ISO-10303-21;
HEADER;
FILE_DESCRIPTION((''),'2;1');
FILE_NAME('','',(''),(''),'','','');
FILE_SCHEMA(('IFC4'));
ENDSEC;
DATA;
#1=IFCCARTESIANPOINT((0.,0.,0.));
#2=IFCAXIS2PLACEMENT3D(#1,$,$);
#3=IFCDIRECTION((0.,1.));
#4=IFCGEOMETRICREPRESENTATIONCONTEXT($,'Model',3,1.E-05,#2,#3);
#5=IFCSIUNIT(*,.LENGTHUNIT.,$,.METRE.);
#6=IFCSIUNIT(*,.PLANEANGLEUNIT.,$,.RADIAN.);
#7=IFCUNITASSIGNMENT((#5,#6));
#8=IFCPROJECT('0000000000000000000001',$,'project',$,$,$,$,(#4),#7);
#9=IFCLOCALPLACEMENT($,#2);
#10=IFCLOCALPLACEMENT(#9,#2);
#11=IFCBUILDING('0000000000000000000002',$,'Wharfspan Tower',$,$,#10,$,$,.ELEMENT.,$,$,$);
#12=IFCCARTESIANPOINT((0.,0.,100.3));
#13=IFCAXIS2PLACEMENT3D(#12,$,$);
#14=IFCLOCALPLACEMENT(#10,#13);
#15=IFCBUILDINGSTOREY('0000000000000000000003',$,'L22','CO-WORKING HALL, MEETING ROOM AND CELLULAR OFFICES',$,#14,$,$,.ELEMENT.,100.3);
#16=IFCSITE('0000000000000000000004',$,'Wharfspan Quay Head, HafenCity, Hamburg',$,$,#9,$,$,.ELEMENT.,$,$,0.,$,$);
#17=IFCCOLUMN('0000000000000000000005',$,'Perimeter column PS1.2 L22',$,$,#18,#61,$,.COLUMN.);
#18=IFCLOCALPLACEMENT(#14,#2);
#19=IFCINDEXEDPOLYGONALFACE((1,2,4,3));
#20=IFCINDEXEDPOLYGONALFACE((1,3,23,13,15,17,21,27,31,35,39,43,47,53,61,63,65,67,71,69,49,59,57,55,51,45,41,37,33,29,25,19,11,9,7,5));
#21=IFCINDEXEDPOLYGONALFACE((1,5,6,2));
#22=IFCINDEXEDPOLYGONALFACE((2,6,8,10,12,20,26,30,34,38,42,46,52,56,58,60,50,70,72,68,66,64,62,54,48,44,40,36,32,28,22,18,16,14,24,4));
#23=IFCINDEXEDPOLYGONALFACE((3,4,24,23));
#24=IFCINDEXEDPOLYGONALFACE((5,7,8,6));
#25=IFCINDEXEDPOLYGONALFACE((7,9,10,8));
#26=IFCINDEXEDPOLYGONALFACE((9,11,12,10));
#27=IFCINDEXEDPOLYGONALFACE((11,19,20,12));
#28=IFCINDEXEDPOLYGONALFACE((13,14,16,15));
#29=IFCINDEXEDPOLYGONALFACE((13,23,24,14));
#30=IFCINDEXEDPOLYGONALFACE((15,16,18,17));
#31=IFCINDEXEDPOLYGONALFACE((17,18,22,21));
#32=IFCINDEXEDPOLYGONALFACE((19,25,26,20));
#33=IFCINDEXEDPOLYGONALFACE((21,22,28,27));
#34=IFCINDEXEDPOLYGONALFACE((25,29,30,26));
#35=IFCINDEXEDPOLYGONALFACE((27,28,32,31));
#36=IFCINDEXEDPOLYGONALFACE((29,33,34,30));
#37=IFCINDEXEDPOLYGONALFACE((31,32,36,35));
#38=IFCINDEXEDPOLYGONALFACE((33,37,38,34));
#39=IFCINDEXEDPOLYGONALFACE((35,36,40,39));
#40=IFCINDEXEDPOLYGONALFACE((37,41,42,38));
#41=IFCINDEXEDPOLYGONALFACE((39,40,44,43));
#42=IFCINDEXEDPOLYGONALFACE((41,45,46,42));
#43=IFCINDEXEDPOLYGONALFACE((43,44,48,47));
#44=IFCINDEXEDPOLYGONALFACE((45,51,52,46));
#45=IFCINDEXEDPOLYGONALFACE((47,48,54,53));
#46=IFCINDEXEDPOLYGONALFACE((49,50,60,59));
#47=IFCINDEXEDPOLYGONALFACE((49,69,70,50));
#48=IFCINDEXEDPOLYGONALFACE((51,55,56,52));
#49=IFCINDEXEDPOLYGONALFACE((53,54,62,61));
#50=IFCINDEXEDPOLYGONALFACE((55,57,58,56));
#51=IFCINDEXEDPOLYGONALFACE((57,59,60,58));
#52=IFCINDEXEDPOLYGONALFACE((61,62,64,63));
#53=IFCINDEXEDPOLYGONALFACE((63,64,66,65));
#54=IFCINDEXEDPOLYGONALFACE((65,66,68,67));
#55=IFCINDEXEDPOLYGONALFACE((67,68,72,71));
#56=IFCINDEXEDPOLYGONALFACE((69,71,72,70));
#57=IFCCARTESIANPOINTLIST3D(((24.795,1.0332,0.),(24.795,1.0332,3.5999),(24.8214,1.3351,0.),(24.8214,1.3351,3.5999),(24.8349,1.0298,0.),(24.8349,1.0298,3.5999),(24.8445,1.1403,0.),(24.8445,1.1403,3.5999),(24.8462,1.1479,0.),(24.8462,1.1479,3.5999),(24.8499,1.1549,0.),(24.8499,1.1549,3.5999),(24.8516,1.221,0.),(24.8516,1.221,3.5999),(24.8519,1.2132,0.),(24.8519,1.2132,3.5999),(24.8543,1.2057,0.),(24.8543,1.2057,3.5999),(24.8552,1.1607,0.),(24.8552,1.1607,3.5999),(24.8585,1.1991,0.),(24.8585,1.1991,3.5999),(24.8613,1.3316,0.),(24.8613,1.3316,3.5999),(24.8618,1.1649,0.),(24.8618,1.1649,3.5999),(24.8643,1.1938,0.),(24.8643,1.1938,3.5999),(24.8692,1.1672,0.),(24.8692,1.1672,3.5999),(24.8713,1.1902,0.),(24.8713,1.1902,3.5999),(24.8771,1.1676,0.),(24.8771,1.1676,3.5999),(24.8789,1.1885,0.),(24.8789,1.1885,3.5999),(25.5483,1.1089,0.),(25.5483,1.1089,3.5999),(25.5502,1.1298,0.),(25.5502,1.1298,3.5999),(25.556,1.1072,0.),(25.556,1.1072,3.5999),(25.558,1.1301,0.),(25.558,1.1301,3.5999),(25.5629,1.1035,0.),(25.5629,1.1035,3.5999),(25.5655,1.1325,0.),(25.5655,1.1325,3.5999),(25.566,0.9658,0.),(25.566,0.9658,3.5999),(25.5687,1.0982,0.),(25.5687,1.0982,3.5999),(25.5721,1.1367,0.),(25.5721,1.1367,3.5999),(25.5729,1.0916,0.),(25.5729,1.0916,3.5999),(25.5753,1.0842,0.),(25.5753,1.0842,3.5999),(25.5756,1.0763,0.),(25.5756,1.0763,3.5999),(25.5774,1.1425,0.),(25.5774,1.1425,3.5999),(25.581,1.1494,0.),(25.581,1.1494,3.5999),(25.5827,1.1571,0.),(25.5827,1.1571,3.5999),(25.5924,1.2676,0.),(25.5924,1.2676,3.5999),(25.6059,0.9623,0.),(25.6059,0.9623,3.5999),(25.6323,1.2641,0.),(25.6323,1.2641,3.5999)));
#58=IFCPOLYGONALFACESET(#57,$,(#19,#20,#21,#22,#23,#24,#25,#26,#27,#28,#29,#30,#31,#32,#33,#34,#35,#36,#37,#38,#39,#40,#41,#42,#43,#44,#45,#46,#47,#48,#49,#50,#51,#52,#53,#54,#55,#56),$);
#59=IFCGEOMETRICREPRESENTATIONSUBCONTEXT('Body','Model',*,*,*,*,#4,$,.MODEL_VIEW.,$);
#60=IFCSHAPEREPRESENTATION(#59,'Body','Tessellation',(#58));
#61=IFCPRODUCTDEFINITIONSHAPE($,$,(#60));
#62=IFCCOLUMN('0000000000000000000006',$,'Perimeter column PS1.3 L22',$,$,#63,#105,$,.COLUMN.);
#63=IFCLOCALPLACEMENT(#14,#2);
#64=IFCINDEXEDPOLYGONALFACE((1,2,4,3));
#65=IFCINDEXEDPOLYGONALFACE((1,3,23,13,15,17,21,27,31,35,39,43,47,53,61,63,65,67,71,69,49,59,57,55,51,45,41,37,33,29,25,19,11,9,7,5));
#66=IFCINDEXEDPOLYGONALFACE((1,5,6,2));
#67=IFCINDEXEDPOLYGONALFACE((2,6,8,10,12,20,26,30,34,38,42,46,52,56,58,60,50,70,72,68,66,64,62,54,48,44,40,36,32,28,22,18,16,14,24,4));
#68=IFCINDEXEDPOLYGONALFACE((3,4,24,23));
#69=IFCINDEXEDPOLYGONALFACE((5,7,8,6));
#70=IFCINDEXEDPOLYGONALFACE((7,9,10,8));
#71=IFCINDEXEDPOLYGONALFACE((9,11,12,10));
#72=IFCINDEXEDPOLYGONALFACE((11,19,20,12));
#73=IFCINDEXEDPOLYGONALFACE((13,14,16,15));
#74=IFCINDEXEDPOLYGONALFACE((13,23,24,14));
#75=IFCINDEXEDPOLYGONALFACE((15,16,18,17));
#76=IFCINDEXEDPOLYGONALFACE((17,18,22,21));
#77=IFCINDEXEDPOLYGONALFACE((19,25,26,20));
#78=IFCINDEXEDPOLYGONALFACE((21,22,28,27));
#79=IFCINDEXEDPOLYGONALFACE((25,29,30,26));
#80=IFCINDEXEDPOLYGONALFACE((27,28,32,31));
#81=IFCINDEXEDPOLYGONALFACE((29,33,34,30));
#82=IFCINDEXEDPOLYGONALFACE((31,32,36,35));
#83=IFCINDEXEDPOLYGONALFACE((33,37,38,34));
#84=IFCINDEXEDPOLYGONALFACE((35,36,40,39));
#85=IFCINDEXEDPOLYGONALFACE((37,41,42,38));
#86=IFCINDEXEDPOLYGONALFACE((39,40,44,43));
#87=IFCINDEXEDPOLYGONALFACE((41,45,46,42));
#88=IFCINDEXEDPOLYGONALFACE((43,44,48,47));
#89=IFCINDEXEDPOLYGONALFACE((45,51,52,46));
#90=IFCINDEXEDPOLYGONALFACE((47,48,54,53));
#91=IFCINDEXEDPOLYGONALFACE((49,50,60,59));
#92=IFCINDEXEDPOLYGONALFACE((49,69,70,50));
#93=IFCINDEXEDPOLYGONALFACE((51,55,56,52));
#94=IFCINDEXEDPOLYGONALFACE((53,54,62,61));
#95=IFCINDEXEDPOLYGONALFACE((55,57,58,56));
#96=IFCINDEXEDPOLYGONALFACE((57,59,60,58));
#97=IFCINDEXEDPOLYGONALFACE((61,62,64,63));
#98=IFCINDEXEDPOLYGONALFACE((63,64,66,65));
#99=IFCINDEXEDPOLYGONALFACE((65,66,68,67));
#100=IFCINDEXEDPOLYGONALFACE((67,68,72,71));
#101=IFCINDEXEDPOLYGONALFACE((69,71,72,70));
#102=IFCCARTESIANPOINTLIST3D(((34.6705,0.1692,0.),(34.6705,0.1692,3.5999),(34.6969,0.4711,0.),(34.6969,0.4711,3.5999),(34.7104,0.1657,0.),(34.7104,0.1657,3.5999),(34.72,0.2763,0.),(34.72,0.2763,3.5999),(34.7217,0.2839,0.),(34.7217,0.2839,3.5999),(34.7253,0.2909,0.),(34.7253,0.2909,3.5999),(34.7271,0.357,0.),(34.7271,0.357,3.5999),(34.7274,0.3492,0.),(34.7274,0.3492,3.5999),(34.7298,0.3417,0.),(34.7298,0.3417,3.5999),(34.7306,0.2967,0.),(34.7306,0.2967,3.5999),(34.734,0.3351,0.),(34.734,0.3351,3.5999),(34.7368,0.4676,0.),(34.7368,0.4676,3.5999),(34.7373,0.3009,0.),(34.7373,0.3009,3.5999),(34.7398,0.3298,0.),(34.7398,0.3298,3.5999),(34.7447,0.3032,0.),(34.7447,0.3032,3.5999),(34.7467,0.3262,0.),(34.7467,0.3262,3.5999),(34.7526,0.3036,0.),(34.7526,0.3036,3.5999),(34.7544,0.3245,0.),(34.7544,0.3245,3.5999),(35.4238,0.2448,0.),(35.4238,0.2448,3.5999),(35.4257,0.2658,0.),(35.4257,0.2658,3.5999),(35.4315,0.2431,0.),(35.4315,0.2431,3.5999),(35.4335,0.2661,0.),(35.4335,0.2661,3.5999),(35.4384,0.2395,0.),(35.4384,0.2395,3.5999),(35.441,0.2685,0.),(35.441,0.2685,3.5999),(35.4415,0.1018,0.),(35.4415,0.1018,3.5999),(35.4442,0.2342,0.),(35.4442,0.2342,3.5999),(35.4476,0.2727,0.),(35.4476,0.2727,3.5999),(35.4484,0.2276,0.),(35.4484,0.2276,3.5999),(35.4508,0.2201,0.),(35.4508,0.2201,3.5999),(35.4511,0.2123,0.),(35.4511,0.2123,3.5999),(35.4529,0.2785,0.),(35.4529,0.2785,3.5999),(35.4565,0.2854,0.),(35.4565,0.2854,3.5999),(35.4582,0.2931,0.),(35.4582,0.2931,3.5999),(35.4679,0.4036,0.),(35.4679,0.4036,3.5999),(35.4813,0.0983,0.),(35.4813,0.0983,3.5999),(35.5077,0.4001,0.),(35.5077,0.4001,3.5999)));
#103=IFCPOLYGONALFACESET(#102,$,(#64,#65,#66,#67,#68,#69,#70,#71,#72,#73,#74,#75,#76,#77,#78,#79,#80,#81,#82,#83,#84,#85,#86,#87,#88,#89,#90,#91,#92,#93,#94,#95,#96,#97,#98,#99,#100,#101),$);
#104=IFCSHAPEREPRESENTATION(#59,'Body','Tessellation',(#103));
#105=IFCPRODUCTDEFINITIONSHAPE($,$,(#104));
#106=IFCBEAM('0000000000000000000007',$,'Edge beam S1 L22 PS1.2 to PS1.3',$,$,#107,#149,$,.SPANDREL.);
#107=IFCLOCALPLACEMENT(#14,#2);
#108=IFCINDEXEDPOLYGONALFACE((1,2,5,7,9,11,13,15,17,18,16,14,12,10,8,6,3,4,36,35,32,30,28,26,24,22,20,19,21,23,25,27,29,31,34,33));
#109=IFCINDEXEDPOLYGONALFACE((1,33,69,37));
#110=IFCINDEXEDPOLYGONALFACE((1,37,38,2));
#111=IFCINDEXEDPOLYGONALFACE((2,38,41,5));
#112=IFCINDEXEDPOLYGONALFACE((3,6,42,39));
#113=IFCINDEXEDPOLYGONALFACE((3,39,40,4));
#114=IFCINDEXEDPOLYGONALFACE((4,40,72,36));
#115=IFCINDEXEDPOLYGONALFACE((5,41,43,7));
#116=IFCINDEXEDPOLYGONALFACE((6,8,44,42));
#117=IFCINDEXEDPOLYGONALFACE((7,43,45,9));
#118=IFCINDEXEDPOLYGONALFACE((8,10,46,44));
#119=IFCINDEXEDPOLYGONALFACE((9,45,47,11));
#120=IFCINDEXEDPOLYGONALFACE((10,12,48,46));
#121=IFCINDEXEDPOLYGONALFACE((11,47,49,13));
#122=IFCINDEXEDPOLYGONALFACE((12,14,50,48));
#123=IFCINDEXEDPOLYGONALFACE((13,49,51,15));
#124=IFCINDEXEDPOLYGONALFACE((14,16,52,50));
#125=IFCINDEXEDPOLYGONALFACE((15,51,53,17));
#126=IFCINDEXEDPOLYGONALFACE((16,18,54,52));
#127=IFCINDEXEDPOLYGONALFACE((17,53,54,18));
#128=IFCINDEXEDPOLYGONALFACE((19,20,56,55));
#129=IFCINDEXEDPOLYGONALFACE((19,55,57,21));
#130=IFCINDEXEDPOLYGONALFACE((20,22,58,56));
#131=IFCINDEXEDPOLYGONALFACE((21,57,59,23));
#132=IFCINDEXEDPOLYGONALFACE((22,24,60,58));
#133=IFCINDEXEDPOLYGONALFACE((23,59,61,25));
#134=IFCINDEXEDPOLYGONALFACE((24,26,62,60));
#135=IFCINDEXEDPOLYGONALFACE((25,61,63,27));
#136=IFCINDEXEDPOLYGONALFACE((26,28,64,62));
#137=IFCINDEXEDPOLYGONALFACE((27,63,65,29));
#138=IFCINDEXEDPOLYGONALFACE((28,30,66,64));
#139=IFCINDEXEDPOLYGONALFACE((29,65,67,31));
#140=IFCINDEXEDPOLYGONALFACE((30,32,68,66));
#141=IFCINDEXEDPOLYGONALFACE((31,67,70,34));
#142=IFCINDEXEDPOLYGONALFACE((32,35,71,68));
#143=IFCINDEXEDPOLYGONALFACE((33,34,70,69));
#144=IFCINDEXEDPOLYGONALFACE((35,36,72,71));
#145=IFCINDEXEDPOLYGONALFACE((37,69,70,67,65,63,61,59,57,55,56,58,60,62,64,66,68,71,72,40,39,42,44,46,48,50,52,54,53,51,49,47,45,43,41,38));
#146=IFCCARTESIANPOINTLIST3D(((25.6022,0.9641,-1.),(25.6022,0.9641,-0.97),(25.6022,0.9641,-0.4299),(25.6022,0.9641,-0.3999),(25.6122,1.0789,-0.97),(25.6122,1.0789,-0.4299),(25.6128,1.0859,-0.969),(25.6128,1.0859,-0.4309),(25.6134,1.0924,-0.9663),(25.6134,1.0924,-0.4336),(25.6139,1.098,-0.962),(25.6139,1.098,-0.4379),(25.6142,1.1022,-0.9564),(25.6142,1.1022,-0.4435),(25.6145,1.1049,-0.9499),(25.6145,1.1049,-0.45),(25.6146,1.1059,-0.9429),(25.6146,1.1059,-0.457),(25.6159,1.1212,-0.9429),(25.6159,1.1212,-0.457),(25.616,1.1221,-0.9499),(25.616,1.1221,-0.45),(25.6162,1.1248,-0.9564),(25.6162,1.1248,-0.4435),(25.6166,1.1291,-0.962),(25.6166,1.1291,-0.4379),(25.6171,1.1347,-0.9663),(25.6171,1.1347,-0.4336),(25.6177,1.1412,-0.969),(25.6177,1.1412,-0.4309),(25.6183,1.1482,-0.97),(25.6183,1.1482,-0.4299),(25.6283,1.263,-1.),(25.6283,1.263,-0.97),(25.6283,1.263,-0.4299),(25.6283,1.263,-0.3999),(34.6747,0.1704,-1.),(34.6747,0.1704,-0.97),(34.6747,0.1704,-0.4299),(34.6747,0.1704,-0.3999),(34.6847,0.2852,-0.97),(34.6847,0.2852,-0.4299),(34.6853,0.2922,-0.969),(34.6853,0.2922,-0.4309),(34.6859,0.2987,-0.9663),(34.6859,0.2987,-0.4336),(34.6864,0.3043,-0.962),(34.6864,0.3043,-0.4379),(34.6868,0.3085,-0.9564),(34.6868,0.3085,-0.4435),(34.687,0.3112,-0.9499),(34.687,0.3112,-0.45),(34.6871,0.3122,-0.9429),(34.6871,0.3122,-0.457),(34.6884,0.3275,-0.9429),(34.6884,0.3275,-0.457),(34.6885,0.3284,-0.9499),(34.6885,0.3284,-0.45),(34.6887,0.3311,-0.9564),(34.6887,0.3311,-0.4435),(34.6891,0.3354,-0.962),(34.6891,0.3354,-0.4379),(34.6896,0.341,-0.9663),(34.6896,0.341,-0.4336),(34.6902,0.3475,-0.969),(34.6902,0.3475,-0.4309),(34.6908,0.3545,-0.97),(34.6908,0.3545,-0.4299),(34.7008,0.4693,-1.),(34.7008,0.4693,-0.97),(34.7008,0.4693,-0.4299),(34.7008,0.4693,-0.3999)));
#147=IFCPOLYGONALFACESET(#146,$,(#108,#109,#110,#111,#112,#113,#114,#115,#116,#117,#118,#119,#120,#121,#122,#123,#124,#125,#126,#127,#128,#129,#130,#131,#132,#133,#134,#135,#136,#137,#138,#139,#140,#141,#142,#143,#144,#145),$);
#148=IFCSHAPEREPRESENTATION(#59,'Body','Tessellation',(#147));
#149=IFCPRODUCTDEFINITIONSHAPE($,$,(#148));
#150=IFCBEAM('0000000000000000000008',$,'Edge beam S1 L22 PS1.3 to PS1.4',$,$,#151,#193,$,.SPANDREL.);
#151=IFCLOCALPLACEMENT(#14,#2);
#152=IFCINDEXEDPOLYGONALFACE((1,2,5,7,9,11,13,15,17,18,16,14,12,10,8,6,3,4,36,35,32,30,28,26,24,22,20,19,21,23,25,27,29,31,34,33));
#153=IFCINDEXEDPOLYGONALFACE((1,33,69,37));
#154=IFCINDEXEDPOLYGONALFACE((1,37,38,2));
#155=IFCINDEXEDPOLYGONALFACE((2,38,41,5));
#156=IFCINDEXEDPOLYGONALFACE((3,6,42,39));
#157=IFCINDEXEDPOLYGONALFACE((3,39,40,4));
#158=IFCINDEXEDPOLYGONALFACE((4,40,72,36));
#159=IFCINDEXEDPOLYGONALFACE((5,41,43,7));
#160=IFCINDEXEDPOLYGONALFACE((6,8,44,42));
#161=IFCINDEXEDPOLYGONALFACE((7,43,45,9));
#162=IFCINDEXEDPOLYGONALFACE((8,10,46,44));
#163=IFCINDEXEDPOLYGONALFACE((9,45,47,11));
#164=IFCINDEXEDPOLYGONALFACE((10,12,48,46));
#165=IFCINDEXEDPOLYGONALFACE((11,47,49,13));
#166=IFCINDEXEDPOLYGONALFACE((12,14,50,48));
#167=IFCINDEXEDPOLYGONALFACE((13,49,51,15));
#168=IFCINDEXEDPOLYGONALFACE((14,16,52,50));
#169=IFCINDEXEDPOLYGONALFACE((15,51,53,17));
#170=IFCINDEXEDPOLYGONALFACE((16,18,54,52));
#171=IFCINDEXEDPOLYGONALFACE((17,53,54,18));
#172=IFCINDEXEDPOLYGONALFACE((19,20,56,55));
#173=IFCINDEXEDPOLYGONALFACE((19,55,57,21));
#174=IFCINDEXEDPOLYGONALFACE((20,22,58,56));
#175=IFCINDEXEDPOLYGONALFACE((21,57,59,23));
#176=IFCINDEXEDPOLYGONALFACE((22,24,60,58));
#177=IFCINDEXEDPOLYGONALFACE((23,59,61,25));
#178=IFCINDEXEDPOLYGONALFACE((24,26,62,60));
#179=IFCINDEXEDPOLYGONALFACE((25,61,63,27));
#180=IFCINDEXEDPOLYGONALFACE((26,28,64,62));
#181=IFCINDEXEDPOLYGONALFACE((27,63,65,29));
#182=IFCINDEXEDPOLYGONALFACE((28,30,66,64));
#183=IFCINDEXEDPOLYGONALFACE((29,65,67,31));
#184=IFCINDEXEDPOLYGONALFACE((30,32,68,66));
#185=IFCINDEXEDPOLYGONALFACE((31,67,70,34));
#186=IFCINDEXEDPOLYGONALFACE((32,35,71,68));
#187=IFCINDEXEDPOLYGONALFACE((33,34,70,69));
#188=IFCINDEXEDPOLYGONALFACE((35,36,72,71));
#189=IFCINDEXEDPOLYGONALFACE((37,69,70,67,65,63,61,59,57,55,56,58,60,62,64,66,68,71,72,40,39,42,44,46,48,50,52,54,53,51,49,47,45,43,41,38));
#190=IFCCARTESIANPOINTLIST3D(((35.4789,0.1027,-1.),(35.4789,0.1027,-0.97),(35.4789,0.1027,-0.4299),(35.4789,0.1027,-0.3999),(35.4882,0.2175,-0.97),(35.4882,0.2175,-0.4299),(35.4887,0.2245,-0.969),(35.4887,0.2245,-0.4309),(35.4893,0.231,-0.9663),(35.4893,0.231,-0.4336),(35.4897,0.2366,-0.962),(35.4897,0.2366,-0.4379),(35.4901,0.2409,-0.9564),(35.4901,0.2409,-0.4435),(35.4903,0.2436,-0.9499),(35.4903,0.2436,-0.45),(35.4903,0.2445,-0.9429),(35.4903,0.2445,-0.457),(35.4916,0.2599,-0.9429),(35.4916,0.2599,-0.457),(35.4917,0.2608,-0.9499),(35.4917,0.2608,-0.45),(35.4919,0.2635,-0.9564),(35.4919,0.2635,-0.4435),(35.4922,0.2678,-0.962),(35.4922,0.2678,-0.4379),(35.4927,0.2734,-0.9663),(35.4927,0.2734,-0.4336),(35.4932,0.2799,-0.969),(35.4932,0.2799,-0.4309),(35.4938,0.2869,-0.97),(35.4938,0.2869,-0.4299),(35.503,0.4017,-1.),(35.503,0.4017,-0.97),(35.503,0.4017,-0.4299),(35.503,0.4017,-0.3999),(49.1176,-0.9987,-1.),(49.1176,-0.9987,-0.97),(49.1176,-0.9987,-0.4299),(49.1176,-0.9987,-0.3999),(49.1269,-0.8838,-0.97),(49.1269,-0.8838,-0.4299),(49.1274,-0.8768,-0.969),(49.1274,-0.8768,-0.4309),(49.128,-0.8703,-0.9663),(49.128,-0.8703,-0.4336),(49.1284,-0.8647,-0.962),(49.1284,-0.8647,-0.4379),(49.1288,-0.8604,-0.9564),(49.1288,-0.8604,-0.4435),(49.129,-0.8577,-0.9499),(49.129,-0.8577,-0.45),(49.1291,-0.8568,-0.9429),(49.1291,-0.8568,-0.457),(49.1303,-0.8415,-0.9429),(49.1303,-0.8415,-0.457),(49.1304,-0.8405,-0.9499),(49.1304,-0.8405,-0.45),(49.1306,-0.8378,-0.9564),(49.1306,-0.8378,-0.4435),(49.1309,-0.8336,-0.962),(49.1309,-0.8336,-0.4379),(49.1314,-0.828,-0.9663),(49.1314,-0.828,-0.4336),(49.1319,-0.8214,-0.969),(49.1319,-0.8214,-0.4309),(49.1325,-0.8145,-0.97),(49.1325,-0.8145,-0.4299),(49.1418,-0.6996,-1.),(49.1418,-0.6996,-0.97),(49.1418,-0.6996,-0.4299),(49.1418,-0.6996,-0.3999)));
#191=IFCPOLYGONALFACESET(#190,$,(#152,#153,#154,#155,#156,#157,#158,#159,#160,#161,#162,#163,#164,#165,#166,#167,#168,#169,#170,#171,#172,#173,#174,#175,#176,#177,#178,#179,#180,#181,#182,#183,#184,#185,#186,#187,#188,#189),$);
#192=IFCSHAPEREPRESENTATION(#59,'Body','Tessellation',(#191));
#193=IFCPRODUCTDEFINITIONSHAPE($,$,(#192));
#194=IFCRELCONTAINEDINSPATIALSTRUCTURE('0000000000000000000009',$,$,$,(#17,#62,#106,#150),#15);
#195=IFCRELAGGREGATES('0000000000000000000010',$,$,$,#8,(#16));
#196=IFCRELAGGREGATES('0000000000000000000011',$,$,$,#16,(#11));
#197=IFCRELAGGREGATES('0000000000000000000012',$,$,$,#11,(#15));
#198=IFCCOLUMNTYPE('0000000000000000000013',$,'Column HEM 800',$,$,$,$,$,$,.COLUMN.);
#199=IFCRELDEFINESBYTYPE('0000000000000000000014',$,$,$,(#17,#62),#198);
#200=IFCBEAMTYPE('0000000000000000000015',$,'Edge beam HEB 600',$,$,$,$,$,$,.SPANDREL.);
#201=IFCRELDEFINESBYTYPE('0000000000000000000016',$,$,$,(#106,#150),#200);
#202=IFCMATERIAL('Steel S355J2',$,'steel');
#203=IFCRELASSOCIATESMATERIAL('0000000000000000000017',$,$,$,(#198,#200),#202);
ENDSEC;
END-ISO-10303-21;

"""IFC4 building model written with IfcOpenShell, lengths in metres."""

from ifc_helpers import new_model, si_unit, direction, frame, origin, origin_2d, place, context, subcontext, project, spatial, i_section, extrude, material, material_profile, profile_set, type_object, element, save


model = new_model("IFC4")

# Units and contexts
model_context = context("Model", 3, precision=1e-05, world=origin(), true_north=direction((0.0, 1.0)))
body_context = subcontext(model_context, "Body", "Model", "MODEL_VIEW")
ifc_project = project(units=[si_unit("LENGTHUNIT", "METRE"), si_unit("PLANEANGLEUNIT", "RADIAN")], contexts=[model_context])

# Site, building, storey
site_placement = place(None, origin())
site = spatial("IfcSite", under=ifc_project, at=site_placement, Name="Wharfspan Quay Head, HafenCity, Hamburg", CompositionType="ELEMENT", RefElevation=0.0)
building_placement = place(site_placement, origin())
building = spatial("IfcBuilding", under=site, at=building_placement, Name="Wharfspan Tower", CompositionType="ELEMENT")
storey_placement = place(building_placement, frame((0.0, 0.0, 100.3)))
storey = spatial("IfcBuildingStorey", under=building, at=storey_placement, Name="L22", Description="CO-WORKING HALL, MEETING ROOM AND CELLULAR OFFICES", CompositionType="ELEMENT", Elevation=100.3)

# Columns
ifc_material_1 = material(Name="Steel S355J2", Category="steel")
ifc_material_profile_1 = material_profile(ifc_material_1, i_section(OverallWidth=0.303, OverallDepth=0.814, WebThickness=0.021, FlangeThickness=0.04, FilletRadius=0.03, at=origin_2d()))
ifc_profile_set_1 = profile_set([ifc_material_profile_1], Name="Steel S355J2")
column_type = type_object("IfcColumnType", Name="Column HEM 800", PredefinedType="COLUMN", material=ifc_profile_set_1)
for number, where, z_axis, x_axis, name in (
    (1, (25.2136, 1.1487, 0.0), (0.0, 0.0, 1.0), (-0.087156, -0.996198, 0.0), "Perimeter column PS1.2 L22"),
    (2, (35.0891, 0.2847, 0.0), (0.0, 0.0, 1.0), (-0.087156, -0.996198, 0.0), "Perimeter column PS1.3 L22"),
):
    element("IfcColumn", number, at=place(storey_placement, frame(where, z_axis=z_axis, x_axis=x_axis)), inside=storey, type_object=column_type, Name=name, PredefinedType="COLUMN", context=body_context, shape_type="SweptSolid", body=[
        extrude(i_section(OverallWidth=0.303, OverallDepth=0.814, WebThickness=0.021, FlangeThickness=0.04, FilletRadius=0.03, at=origin_2d()), origin(), (0.0, 0.0, 1.0), 3.5999),
    ])

# Beams
ifc_material_profile_2 = material_profile(ifc_material_1, i_section(OverallWidth=0.3, OverallDepth=0.6001, WebThickness=0.0154, FlangeThickness=0.03, FilletRadius=0.0271, at=origin_2d()))
ifc_profile_set_2 = profile_set([ifc_material_profile_2], Name="Steel S355J2")
beam_type = type_object("IfcBeamType", Name="Edge beam HEB 600", PredefinedType="SPANDREL", material=ifc_profile_set_2)
beam_1_placement = place(storey_placement, frame((25.6152, 1.1135, -0.7), z_axis=(0.996195, -0.087151, 0.0), x_axis=(0.087151, 0.996195, 0.0)))
element("IfcBeam", 3, at=beam_1_placement, inside=storey, type_object=beam_type, Name="Edge beam S1 L22 PS1.2 to PS1.3", PredefinedType="SPANDREL", context=body_context, shape_type="SweptSolid", body=[
    extrude(i_section(OverallWidth=0.3, OverallDepth=0.6001, WebThickness=0.0154, FlangeThickness=0.03, FilletRadius=0.0271, at=origin_2d()), origin(), (0.0, 0.0, 1.0), 9.1072),
])
beam_2_placement = place(storey_placement, frame((35.491, 0.2522, -0.7), z_axis=(0.996756, -0.080488, 0.0), x_axis=(0.080488, 0.996756, 0.0)))
element("IfcBeam", 4, at=beam_2_placement, inside=storey, type_object=beam_type, Name="Edge beam S1 L22 PS1.3 to PS1.4", PredefinedType="SPANDREL", context=body_context, shape_type="SweptSolid", body=[
    extrude(i_section(OverallWidth=0.3, OverallDepth=0.6001, WebThickness=0.0154, FlangeThickness=0.03, FilletRadius=0.0271, at=origin_2d()), origin(), (0.0, 0.0, 1.0), 13.6831),
])

save(model, "model.ifc")
